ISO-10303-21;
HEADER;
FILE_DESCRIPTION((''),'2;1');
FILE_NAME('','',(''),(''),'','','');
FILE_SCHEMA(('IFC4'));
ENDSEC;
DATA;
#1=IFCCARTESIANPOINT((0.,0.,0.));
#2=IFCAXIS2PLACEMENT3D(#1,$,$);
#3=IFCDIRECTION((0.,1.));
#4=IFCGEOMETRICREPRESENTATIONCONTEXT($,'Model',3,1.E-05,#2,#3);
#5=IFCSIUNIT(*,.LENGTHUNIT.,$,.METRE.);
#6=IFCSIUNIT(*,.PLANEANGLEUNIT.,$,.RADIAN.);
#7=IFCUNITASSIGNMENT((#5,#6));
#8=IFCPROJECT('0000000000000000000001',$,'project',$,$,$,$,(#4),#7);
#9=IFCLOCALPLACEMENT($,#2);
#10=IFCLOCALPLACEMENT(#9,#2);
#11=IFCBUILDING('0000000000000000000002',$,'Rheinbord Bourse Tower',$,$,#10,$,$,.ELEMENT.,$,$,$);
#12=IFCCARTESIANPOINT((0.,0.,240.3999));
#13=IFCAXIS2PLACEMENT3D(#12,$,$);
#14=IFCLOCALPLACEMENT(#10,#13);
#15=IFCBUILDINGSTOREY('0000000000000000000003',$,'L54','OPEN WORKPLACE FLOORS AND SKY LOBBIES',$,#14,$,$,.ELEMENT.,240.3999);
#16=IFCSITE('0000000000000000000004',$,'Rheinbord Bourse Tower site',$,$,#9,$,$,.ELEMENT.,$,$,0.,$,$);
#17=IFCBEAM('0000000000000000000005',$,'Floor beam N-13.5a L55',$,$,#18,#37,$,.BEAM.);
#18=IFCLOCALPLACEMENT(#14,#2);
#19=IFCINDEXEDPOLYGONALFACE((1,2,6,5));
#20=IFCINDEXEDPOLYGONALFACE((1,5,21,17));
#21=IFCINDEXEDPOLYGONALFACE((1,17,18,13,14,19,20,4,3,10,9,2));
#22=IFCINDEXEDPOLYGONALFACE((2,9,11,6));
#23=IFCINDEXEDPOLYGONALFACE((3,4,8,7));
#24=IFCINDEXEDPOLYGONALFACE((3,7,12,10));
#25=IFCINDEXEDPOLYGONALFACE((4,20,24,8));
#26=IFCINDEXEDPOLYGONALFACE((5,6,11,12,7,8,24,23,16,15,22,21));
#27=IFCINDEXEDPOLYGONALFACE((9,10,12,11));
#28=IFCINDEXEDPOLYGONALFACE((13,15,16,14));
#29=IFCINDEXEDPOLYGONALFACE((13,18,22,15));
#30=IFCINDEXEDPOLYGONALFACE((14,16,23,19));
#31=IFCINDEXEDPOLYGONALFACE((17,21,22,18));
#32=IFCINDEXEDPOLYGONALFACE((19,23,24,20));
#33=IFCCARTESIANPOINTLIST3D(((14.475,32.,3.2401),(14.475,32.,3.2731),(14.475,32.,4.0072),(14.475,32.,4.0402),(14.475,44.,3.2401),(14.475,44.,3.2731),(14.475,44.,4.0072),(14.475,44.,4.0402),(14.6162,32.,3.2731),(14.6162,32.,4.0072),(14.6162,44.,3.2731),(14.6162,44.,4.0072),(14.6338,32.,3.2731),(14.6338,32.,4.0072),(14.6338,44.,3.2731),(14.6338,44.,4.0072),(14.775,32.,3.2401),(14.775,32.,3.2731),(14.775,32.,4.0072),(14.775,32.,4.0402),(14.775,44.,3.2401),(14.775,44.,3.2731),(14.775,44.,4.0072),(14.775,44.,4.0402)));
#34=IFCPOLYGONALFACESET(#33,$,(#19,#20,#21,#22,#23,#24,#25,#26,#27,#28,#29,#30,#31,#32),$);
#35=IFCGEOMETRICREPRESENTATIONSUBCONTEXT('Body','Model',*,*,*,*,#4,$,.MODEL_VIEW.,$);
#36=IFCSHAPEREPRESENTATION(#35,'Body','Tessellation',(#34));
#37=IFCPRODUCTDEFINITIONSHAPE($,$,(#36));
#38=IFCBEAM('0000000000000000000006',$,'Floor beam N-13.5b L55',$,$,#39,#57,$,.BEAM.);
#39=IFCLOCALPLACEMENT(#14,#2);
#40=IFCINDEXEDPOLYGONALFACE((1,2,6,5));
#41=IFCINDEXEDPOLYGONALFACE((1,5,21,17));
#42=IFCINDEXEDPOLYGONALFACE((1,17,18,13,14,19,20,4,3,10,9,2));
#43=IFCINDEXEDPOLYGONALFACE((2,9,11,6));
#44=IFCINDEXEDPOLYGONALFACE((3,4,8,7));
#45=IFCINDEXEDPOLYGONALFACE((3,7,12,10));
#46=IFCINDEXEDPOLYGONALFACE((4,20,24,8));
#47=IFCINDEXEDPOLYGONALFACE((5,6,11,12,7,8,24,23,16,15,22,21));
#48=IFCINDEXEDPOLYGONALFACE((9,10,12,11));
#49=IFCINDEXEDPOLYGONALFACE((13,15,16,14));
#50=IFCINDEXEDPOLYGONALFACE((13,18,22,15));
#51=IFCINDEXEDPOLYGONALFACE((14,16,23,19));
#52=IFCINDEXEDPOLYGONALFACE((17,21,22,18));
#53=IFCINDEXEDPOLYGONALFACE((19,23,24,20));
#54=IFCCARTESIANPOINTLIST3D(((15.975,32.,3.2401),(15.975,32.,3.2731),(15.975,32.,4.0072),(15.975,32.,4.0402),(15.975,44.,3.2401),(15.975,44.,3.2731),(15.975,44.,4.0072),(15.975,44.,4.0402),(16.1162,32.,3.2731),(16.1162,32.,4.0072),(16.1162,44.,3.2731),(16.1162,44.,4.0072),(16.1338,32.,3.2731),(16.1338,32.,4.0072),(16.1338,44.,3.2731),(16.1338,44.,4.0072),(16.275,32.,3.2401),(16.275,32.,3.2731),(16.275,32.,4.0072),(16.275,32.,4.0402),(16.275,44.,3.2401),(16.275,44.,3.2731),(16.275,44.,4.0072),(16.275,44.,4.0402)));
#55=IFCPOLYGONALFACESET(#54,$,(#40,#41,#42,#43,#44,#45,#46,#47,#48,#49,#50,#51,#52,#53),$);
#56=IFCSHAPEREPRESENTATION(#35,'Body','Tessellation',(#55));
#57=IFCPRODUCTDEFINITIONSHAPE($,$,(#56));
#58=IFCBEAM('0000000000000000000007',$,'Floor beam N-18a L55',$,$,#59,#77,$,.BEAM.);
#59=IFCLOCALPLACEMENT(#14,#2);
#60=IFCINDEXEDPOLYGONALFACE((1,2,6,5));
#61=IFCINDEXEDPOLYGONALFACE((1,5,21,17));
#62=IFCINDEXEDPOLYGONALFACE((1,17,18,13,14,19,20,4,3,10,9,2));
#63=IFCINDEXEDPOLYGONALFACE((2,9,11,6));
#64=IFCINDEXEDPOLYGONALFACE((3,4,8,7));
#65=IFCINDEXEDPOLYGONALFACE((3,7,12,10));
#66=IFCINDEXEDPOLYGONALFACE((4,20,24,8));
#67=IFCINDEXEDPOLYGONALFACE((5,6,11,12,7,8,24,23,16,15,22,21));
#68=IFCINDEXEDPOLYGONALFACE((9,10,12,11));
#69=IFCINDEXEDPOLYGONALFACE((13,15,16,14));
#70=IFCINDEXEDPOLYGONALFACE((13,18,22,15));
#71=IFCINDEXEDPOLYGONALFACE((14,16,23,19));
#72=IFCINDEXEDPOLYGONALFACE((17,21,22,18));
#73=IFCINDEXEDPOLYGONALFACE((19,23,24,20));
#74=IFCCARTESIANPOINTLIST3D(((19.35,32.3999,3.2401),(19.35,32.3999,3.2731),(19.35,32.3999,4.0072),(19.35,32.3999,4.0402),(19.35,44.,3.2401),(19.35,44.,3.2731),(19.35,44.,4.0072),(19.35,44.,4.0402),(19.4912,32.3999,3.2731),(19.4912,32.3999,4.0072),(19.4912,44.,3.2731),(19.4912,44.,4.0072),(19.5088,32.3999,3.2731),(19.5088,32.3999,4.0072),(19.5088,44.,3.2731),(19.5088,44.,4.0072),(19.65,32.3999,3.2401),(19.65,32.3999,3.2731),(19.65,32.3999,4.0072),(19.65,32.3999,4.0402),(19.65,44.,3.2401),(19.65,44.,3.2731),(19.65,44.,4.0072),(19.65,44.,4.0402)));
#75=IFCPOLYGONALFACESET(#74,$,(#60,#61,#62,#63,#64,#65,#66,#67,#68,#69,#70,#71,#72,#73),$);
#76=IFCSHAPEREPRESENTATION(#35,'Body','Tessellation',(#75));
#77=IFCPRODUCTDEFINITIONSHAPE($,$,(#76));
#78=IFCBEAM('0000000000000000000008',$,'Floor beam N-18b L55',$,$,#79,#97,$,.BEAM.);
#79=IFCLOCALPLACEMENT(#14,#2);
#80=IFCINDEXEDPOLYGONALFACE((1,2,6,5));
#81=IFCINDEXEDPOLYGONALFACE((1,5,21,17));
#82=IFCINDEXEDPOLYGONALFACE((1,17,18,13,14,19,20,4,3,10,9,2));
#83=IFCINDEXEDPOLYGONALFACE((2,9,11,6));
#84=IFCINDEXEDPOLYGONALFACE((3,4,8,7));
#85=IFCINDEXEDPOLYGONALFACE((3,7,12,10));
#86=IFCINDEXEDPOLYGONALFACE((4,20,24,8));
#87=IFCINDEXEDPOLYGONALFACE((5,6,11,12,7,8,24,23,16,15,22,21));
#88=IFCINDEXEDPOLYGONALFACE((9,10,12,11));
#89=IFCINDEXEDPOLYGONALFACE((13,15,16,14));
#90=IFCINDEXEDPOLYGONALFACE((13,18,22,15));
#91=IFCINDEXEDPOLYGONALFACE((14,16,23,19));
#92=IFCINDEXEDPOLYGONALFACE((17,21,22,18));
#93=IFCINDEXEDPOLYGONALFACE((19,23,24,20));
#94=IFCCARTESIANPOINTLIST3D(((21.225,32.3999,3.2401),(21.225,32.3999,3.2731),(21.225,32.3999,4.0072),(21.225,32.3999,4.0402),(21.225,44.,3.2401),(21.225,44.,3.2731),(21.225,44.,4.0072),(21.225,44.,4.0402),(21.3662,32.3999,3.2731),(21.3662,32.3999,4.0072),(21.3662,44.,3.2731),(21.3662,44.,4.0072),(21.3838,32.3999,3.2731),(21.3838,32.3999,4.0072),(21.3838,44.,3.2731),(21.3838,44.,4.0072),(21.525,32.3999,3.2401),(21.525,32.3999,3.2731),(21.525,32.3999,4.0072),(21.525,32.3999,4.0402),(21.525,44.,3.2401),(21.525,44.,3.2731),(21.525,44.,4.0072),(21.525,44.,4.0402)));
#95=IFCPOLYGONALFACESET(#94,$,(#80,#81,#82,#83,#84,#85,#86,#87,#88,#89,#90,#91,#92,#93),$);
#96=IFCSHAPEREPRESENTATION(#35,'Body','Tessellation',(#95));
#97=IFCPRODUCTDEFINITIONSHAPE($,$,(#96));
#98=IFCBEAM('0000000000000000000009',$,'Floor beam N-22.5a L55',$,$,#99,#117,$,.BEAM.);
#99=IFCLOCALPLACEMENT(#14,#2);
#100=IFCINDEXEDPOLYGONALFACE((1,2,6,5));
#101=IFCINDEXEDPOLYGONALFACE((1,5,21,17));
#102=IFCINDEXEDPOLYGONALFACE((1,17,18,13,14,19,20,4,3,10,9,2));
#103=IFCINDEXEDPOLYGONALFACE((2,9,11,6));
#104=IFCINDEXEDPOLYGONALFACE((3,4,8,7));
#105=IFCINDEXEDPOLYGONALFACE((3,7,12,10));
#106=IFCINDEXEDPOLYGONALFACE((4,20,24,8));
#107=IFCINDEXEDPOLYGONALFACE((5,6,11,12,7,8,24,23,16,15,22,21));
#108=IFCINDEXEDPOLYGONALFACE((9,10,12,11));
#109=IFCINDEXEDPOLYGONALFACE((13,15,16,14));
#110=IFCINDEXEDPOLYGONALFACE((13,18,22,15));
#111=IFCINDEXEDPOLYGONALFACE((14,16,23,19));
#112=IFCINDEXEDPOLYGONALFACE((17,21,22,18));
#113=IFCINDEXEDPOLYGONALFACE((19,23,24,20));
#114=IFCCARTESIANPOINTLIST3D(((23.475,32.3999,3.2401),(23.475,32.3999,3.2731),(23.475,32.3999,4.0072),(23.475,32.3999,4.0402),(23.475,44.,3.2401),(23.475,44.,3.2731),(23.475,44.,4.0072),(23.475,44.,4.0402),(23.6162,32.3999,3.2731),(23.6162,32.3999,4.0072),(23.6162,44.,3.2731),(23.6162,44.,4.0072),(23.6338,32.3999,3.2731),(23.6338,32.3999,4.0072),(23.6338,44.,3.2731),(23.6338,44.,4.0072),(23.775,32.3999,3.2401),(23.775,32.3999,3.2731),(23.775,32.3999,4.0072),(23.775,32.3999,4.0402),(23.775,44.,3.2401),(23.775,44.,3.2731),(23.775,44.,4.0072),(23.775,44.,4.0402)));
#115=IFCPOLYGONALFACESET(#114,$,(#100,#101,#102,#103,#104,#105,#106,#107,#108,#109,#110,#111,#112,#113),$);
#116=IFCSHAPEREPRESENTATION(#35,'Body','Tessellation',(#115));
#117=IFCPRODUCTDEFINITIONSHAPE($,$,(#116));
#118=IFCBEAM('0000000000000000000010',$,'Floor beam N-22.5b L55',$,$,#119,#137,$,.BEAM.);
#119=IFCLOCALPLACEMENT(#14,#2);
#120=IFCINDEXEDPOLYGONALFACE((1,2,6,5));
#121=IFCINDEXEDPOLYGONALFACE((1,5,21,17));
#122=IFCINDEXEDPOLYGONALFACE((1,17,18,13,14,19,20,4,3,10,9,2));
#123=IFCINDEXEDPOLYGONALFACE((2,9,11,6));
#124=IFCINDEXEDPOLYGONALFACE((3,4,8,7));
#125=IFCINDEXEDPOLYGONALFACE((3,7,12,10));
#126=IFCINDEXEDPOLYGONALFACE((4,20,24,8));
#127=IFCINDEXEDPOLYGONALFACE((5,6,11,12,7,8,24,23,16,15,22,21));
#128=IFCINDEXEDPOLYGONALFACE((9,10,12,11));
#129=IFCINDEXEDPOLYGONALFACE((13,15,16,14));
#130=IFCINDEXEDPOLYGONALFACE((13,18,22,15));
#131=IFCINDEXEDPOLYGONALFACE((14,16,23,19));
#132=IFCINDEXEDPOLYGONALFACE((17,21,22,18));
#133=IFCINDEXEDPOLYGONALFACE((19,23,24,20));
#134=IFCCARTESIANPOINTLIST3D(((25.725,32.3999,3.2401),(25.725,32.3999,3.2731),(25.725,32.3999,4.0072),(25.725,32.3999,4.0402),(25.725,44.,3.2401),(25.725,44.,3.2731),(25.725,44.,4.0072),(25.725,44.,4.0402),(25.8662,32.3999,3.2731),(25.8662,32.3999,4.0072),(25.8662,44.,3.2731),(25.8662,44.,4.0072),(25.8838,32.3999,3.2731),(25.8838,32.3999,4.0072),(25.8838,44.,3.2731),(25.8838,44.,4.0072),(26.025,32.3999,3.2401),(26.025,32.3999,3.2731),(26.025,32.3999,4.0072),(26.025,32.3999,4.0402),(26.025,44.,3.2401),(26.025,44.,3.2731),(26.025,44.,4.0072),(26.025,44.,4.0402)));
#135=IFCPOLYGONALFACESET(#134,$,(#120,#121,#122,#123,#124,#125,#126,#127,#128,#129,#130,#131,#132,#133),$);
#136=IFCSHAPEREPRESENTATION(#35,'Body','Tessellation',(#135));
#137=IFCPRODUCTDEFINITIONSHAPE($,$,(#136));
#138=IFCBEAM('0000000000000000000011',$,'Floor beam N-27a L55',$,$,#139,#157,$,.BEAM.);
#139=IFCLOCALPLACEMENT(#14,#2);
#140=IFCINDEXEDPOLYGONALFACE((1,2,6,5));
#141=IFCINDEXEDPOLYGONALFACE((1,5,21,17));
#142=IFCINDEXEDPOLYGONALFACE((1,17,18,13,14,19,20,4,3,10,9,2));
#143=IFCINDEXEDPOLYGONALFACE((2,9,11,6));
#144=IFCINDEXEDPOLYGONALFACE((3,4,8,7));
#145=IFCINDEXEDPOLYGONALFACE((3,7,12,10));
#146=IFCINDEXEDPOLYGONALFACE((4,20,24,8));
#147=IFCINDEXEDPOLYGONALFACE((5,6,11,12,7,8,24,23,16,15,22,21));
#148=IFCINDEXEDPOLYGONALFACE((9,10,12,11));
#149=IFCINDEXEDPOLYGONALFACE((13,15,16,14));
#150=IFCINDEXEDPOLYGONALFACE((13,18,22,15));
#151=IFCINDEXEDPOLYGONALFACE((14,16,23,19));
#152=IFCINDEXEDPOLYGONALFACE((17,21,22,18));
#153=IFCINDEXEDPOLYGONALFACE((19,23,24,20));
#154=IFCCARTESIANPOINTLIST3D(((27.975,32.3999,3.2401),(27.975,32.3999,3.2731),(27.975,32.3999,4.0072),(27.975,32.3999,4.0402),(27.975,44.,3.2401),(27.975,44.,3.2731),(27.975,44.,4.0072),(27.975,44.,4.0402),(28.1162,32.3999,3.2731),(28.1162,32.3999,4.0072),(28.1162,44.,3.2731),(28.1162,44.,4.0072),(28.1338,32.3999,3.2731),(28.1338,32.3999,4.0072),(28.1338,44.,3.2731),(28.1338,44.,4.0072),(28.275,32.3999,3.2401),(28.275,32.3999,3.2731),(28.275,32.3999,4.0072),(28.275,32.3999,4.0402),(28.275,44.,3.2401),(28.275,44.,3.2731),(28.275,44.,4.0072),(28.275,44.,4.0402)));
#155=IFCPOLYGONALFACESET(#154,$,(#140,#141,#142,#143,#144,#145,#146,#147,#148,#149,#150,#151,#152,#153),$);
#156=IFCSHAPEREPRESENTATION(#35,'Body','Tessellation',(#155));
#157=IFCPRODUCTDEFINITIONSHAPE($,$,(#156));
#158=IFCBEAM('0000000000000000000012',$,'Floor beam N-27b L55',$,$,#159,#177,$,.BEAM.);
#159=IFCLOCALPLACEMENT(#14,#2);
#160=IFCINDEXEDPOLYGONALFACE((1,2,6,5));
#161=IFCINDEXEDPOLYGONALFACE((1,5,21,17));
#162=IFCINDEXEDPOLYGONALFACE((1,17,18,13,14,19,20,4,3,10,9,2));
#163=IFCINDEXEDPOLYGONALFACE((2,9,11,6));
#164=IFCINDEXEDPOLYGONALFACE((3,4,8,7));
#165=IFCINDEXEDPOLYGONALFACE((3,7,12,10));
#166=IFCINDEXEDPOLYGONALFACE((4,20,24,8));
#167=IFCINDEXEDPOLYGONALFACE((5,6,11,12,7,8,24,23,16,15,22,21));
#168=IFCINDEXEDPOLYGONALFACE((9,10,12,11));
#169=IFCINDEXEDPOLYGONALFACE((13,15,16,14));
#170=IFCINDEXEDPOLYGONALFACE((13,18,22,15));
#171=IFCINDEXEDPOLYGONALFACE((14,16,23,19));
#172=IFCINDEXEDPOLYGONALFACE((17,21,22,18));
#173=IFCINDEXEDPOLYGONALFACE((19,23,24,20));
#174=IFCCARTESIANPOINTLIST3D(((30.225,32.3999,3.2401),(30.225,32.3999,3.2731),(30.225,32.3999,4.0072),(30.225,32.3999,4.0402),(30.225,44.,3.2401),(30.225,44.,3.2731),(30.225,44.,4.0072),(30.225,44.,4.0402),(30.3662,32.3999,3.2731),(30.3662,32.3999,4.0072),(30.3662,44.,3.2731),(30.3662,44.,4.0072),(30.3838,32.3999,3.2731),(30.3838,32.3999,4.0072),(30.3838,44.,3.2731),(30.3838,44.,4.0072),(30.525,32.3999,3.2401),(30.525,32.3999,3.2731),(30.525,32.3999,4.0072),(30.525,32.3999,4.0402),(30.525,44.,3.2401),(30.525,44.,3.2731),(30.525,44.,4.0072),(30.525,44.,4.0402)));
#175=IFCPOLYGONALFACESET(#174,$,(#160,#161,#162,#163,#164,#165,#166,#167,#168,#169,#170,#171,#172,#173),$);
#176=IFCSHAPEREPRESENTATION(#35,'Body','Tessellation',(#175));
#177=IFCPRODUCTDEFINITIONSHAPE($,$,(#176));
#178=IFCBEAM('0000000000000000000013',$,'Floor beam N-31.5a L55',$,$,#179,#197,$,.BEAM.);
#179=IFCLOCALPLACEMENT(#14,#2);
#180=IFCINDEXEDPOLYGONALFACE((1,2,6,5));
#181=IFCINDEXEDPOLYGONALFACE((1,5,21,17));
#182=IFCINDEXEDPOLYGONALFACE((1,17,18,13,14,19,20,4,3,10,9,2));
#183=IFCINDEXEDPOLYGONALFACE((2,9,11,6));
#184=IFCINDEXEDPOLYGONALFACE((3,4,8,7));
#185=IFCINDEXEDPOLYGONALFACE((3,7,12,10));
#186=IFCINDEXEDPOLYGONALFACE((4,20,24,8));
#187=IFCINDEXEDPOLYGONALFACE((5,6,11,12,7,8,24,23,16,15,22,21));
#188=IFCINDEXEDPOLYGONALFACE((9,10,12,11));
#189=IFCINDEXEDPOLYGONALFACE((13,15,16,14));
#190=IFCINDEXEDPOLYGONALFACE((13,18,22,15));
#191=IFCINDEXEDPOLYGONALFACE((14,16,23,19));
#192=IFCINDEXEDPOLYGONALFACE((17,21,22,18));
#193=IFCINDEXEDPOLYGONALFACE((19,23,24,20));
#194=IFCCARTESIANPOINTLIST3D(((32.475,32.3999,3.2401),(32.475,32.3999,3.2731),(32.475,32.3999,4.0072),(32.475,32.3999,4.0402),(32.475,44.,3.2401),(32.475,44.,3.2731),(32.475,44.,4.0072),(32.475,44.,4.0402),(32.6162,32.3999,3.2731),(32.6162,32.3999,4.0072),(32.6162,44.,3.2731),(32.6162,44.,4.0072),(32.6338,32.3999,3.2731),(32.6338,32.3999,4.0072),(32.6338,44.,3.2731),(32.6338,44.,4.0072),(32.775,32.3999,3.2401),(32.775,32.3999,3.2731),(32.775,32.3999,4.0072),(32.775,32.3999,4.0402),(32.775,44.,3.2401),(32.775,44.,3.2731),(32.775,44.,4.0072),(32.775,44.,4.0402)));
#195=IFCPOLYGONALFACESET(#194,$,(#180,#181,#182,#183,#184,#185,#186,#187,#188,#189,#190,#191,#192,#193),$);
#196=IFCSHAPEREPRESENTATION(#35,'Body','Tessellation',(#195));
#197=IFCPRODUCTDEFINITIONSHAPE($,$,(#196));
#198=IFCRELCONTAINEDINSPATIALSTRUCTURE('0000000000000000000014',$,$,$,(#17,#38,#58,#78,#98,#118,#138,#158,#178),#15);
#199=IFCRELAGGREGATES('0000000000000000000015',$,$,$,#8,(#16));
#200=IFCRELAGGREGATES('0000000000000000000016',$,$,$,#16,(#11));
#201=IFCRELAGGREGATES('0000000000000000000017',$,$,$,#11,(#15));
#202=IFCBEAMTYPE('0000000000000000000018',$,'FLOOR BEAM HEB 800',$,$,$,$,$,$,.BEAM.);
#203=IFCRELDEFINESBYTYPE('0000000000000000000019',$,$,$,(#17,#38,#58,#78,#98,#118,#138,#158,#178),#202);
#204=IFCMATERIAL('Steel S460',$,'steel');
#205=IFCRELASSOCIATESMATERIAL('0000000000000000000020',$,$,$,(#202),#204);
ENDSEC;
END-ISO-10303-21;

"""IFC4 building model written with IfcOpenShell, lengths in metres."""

from ifc_helpers import new_model, si_unit, direction, frame, origin, origin_2d, place, context, subcontext, project, spatial, i_section, extrude, material, material_profile, profile_set, type_object, element, save


model = new_model("IFC4")

# Units and contexts
model_context = context("Model", 3, precision=1e-05, world=origin(), true_north=direction((0.0, 1.0)))
body_context = subcontext(model_context, "Body", "Model", "MODEL_VIEW")
ifc_project = project(units=[si_unit("LENGTHUNIT", "METRE"), si_unit("PLANEANGLEUNIT", "RADIAN")], contexts=[model_context])

# Site, building, storey
site_placement = place(None, origin())
site = spatial("IfcSite", under=ifc_project, at=site_placement, Name="Rheinbord Bourse Tower site", CompositionType="ELEMENT", RefElevation=0.0)
building_placement = place(site_placement, origin())
building = spatial("IfcBuilding", under=site, at=building_placement, Name="Rheinbord Bourse Tower", CompositionType="ELEMENT")
storey_placement = place(building_placement, frame((0.0, 0.0, 240.3999)))
storey = spatial("IfcBuildingStorey", under=building, at=storey_placement, Name="L54", Description="OPEN WORKPLACE FLOORS AND SKY LOBBIES", CompositionType="ELEMENT", Elevation=240.3999)

# Beams
ifc_material_1 = material(Name="Steel S460", Category="steel")
ifc_material_profile_1 = material_profile(ifc_material_1, i_section(OverallWidth=0.3, OverallDepth=0.8, WebThickness=0.0176, FlangeThickness=0.033, at=origin_2d()), Name="HEB 800")
ifc_profile_set_1 = profile_set([ifc_material_profile_1], Name="Steel S460")
beam_type_1 = type_object("IfcBeamType", Name="FLOOR BEAM HEB 800", PredefinedType="BEAM", material=ifc_profile_set_1)
for number, where, z_axis, x_axis, name in (
    (1, (14.625, 44.0, 3.6401), (0.0, -1.0, 0.0), (1.0, 0.0, 0.0), "Floor beam N-13.5a L55"),
    (2, (16.125, 44.0, 3.6401), (0.0, -1.0, 0.0), (1.0, 0.0, 0.0), "Floor beam N-13.5b L55"),
):
    element("IfcBeam", number, at=place(storey_placement, frame(where, z_axis=z_axis, x_axis=x_axis)), inside=storey, type_object=beam_type_1, Name=name, PredefinedType="BEAM", context=body_context, shape_type="SweptSolid", body=[
        extrude(i_section(OverallWidth=0.3, OverallDepth=0.8, WebThickness=0.0176, FlangeThickness=0.033, at=origin_2d()), origin(), (0.0, 0.0, 1.0), 12.0),
    ])
for number, where, z_axis, x_axis, name in (
    (3, (19.5, 44.0, 3.6401), (0.0, -1.0, 0.0), (1.0, 0.0, 0.0), "Floor beam N-18a L55"),
    (4, (21.375, 44.0, 3.6401), (0.0, -1.0, 0.0), (1.0, 0.0, 0.0), "Floor beam N-18b L55"),
    (5, (23.625, 44.0, 3.6401), (0.0, -1.0, 0.0), (1.0, 0.0, 0.0), "Floor beam N-22.5a L55"),
    (6, (25.875, 44.0, 3.6401), (0.0, -1.0, 0.0), (1.0, 0.0, 0.0), "Floor beam N-22.5b L55"),
    (7, (28.125, 44.0, 3.6401), (0.0, -1.0, 0.0), (1.0, 0.0, 0.0), "Floor beam N-27a L55"),
    (8, (30.375, 44.0, 3.6401), (0.0, -1.0, 0.0), (1.0, 0.0, 0.0), "Floor beam N-27b L55"),
    (9, (32.625, 44.0, 3.6401), (0.0, -1.0, 0.0), (1.0, 0.0, 0.0), "Floor beam N-31.5a L55"),
):
    element("IfcBeam", number, at=place(storey_placement, frame(where, z_axis=z_axis, x_axis=x_axis)), inside=storey, type_object=beam_type_1, Name=name, PredefinedType="BEAM", context=body_context, shape_type="SweptSolid", body=[
        extrude(i_section(OverallWidth=0.3, OverallDepth=0.8, WebThickness=0.0176, FlangeThickness=0.033, at=origin_2d()), origin(), (0.0, 0.0, 1.0), 11.6001),
    ])

save(model, "model.ifc")
